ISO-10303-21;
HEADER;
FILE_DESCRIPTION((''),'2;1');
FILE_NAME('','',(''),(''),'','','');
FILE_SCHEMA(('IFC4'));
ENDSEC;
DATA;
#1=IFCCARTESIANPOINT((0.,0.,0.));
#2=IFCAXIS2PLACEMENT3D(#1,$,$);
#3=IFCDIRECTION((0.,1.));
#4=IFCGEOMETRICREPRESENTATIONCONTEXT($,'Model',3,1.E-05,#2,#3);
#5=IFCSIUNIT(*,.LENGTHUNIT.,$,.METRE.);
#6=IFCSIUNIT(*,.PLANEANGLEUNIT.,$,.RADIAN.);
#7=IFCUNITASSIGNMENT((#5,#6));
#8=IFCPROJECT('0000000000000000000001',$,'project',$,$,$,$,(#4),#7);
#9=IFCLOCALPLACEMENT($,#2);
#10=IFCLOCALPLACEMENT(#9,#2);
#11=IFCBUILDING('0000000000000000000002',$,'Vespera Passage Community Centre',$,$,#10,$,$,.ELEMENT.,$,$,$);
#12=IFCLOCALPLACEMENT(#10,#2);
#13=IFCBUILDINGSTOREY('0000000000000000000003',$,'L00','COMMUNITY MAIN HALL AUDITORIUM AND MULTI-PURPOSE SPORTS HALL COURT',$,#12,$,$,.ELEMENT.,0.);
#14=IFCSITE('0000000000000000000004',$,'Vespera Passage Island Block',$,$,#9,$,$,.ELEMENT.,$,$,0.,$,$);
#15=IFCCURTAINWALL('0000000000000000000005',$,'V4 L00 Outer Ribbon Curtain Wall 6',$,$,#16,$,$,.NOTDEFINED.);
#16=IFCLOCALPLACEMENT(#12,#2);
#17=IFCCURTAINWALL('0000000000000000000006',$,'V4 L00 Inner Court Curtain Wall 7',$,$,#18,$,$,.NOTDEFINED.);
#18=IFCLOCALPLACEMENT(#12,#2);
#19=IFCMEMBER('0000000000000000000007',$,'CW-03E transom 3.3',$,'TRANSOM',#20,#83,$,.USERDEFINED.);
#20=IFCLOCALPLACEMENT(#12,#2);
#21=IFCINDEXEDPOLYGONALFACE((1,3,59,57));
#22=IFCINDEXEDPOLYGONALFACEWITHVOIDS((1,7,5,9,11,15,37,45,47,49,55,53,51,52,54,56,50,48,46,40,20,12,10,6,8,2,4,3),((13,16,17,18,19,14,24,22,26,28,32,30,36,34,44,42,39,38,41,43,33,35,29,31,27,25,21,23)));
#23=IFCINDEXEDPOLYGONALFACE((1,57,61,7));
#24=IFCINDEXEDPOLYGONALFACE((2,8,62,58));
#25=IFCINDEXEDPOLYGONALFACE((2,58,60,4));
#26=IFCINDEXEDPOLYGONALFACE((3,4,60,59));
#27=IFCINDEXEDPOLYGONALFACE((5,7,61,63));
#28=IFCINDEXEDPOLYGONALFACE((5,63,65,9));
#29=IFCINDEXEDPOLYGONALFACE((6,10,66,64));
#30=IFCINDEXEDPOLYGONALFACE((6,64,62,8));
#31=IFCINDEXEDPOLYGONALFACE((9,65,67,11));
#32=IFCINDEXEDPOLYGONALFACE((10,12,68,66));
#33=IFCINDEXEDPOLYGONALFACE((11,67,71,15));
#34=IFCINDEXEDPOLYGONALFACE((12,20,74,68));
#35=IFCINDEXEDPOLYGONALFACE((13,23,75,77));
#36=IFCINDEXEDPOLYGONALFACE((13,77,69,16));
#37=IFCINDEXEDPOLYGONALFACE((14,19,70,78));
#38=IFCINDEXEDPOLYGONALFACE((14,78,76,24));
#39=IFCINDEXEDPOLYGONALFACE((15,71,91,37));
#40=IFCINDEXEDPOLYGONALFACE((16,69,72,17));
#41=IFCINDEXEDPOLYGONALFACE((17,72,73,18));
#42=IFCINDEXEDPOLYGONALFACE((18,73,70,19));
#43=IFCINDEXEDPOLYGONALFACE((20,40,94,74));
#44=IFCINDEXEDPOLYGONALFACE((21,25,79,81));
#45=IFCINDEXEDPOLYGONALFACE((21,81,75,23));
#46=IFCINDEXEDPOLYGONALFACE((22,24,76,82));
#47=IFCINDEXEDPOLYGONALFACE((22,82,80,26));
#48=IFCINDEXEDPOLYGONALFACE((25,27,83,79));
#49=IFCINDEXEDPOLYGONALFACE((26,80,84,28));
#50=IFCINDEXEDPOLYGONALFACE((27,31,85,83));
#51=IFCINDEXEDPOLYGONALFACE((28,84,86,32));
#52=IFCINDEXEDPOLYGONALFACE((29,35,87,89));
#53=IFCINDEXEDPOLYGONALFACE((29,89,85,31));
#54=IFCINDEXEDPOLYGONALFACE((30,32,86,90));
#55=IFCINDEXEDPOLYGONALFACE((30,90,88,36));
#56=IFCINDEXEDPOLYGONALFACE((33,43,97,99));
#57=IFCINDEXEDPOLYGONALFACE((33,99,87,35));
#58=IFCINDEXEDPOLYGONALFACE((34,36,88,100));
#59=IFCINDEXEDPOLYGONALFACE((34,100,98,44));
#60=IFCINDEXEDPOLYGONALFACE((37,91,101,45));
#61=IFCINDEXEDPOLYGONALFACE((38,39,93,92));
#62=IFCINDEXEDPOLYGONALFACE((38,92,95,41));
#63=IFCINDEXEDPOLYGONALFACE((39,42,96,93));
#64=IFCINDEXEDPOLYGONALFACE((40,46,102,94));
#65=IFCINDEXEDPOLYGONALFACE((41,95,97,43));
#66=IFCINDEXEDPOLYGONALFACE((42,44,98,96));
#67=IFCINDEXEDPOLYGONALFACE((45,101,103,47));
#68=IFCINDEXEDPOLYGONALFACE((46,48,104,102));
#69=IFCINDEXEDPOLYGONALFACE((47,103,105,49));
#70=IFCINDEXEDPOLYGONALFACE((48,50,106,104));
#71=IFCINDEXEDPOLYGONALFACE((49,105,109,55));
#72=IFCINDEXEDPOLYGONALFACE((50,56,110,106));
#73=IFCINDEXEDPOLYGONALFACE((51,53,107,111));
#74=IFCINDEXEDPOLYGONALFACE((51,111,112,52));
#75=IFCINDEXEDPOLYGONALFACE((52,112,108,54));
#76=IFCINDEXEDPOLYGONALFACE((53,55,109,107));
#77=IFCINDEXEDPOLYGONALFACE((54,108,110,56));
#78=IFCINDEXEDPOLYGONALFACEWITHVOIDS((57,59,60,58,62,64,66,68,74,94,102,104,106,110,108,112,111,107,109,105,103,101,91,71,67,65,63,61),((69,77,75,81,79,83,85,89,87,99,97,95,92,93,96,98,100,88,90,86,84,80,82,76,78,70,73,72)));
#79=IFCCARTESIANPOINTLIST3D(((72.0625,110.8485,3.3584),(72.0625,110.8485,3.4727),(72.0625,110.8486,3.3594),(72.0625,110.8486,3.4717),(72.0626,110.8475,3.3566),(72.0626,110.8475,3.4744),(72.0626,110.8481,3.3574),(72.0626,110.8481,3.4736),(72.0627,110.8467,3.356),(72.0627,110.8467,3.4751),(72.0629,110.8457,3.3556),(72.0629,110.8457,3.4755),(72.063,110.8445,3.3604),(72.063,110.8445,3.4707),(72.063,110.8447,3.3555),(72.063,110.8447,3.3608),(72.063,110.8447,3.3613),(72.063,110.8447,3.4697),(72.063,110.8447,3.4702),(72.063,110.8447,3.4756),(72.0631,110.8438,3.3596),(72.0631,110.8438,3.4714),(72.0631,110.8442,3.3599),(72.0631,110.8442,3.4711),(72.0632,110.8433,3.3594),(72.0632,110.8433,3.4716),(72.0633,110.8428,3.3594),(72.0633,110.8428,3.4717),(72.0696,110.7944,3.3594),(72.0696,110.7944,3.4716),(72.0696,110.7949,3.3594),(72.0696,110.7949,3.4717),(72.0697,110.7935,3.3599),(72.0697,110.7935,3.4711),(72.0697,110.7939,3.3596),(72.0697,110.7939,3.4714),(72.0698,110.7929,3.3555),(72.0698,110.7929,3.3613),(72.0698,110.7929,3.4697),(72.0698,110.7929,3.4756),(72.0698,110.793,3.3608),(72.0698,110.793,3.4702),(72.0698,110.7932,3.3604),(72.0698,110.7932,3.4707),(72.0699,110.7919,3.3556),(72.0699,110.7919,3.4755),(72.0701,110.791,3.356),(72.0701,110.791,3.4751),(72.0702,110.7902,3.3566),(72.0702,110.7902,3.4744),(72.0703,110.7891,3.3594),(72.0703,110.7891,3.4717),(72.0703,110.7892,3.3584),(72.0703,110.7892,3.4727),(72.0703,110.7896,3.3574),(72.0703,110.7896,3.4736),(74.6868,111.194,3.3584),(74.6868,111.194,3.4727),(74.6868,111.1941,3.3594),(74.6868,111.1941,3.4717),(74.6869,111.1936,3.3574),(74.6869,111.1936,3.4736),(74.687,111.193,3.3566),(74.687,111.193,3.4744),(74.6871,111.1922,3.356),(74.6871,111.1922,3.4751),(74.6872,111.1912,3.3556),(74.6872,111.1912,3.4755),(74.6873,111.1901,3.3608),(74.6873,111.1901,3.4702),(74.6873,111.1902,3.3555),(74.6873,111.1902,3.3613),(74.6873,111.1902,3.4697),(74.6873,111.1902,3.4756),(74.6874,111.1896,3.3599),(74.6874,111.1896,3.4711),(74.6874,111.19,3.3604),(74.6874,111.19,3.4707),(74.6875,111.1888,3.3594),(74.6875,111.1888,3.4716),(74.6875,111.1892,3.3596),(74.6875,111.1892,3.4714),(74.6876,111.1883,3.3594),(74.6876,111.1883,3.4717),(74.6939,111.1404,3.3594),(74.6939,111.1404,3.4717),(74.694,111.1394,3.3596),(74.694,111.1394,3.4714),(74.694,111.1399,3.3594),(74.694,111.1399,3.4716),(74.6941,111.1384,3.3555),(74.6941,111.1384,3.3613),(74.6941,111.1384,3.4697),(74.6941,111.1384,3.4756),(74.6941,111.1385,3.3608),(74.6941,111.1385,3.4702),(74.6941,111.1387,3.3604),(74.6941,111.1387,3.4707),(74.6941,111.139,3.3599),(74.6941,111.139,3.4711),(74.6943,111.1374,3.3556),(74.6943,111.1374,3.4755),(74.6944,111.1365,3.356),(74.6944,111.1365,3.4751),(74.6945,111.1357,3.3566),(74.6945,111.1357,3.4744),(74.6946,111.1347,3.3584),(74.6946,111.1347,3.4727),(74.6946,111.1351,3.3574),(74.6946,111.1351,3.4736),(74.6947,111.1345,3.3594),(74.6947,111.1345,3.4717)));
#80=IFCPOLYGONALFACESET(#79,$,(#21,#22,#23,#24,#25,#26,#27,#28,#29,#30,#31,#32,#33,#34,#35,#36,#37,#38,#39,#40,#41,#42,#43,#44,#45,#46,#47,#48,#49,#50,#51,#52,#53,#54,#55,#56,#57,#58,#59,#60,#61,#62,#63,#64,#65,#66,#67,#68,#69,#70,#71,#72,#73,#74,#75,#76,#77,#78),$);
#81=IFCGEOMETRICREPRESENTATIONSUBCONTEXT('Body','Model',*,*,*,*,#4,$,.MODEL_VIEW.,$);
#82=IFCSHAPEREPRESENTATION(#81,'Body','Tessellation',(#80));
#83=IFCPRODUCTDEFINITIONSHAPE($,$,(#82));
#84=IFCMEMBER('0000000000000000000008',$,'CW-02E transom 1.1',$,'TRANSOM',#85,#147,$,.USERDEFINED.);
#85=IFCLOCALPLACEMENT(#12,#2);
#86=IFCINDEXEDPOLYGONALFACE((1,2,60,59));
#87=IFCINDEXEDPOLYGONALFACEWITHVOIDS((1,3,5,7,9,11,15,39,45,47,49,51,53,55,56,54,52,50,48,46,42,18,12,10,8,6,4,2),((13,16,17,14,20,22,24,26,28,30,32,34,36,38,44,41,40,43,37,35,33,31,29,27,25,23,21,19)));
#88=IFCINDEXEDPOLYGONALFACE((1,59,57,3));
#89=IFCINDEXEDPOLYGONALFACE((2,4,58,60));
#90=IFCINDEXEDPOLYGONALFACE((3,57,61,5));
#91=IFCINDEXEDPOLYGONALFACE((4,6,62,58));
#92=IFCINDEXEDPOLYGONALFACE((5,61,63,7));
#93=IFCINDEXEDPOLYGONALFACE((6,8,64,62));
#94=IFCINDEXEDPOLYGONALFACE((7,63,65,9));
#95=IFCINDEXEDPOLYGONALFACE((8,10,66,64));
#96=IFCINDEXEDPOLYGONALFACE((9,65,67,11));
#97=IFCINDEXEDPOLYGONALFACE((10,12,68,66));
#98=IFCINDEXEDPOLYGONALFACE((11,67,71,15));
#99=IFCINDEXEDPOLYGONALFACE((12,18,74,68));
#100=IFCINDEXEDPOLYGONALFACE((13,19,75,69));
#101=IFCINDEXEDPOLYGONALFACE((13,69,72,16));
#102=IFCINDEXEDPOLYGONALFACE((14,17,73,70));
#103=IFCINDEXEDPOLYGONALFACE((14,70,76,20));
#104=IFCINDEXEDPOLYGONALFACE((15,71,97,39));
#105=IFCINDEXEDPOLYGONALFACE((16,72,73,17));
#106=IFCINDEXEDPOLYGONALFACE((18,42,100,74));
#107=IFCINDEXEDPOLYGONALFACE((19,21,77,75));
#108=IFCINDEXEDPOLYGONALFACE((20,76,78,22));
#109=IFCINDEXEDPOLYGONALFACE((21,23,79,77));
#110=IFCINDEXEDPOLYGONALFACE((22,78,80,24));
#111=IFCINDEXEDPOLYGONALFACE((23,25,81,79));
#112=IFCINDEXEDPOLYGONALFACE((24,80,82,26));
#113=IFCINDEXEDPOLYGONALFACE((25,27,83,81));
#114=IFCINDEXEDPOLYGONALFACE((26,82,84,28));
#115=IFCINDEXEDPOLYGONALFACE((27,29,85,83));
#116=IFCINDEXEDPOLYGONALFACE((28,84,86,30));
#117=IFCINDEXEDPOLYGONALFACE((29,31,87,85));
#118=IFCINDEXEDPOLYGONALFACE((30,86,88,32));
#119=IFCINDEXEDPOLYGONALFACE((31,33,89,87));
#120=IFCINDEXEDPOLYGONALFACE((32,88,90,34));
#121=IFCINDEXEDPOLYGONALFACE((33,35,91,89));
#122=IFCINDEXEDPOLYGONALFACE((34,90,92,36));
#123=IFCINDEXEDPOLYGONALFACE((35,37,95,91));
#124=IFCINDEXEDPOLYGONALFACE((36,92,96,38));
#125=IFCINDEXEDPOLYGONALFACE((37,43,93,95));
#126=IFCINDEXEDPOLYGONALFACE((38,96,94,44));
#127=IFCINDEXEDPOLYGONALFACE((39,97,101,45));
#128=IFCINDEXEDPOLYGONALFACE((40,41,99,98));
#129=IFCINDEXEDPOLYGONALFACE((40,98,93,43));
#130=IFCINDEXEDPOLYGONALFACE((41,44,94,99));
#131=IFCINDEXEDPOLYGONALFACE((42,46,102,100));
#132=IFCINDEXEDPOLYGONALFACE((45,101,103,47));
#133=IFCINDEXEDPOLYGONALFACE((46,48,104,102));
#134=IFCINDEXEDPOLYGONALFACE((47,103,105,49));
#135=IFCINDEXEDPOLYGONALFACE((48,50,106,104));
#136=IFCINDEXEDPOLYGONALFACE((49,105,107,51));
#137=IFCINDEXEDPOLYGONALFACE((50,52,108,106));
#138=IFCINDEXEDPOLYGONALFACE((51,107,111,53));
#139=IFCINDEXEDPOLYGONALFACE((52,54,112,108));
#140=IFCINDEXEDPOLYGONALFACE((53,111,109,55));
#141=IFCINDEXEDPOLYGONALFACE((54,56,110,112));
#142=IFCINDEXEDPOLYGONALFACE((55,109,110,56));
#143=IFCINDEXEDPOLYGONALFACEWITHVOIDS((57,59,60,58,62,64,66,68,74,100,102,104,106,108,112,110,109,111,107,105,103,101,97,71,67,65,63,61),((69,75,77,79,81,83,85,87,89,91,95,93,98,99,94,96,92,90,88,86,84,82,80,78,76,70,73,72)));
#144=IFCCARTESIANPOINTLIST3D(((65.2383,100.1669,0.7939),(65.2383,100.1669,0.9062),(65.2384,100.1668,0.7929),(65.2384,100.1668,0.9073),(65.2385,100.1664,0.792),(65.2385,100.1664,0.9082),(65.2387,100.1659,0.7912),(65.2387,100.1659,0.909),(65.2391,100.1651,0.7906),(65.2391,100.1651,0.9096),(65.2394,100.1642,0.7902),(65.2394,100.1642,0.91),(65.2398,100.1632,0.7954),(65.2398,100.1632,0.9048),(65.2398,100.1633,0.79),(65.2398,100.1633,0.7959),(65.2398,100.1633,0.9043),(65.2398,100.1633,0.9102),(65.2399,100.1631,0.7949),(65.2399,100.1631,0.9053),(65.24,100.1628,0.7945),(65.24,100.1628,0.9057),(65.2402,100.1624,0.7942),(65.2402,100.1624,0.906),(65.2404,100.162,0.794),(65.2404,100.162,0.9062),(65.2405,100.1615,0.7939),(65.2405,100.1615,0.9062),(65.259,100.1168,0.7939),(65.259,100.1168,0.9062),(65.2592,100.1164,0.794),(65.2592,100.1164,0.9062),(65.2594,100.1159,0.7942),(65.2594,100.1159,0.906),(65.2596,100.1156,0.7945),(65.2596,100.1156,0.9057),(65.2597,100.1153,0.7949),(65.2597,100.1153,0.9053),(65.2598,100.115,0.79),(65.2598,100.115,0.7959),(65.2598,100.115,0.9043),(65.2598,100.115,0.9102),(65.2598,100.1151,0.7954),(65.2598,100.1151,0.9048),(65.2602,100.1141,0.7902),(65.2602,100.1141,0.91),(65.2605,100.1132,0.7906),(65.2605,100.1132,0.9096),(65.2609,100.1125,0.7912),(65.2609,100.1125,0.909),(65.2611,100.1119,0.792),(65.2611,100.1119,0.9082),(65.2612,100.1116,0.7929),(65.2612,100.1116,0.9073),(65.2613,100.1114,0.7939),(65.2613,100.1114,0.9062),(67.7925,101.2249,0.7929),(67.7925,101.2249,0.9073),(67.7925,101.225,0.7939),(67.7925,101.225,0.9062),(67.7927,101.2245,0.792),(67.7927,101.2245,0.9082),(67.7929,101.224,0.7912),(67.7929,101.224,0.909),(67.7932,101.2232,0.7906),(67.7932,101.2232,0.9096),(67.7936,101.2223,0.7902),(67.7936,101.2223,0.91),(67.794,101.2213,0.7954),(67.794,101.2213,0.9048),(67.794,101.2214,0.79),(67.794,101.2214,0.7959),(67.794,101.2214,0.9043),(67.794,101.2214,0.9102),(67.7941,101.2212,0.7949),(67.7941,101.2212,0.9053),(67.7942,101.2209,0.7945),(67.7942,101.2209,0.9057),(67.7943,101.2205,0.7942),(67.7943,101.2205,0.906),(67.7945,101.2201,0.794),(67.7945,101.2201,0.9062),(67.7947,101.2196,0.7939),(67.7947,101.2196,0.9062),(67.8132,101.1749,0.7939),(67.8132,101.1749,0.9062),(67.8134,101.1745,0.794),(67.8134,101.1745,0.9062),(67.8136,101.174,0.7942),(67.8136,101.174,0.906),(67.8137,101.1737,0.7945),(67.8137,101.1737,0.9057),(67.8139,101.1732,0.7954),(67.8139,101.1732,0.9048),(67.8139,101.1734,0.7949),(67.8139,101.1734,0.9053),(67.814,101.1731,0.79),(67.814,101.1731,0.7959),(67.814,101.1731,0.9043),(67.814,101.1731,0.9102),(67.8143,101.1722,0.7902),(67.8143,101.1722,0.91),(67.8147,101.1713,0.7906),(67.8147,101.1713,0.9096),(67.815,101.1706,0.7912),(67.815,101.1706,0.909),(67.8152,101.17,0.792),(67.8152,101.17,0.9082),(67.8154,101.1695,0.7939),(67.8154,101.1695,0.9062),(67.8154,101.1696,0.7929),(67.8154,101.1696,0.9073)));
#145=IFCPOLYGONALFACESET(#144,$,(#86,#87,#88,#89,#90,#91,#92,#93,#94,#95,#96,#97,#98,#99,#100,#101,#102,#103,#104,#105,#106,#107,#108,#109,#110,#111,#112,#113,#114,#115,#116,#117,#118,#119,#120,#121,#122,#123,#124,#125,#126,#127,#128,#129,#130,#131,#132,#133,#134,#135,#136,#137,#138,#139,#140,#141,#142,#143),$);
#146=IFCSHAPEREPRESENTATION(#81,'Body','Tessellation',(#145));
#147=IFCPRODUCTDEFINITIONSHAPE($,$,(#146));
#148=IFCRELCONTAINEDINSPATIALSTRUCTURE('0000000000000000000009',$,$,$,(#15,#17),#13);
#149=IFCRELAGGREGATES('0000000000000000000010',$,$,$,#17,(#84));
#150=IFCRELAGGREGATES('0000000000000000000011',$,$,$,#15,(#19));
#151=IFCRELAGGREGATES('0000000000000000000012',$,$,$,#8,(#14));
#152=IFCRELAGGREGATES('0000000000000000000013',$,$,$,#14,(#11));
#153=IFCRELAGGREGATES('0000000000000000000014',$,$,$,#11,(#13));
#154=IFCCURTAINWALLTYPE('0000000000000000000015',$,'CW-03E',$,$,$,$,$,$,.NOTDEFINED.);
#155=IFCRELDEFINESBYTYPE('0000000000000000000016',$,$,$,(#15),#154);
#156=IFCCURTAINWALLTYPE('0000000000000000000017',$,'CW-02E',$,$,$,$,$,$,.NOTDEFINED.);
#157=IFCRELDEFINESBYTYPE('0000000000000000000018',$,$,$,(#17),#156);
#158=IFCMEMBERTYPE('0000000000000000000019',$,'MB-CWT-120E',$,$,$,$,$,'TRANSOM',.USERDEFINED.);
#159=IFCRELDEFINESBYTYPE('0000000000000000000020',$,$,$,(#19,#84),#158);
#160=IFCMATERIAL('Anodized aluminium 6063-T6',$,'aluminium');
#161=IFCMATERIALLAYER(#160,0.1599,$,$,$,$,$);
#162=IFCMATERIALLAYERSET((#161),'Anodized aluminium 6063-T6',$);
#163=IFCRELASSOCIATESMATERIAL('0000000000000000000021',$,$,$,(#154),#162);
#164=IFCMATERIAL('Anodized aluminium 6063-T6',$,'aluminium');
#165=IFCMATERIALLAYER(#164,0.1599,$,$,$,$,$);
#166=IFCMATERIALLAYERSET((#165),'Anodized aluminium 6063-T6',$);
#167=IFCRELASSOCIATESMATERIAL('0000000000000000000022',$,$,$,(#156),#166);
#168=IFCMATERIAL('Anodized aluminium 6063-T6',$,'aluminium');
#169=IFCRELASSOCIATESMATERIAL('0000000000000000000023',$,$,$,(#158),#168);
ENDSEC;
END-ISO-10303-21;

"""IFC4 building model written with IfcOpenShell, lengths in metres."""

from ifc_helpers import new_model, si_unit, direction, frame, origin, origin_2d, place, context, subcontext, project, spatial, hollow_rectangle, extrude, material, layer, layer_set, material_profile, profile_set, type_object, element, aggregate, save


model = new_model("IFC4")

# Units and contexts
model_context = context("Model", 3, precision=1e-05, world=origin(), true_north=direction((0.0, 1.0)))
body_context = subcontext(model_context, "Body", "Model", "MODEL_VIEW")
ifc_project = project(units=[si_unit("LENGTHUNIT", "METRE"), si_unit("PLANEANGLEUNIT", "RADIAN")], contexts=[model_context])

# Site, building, storey
site_placement = place(None, origin())
site = spatial("IfcSite", under=ifc_project, at=site_placement, Name="Vespera Passage Island Block", CompositionType="ELEMENT", RefElevation=0.0)
building_placement = place(site_placement, origin())
building = spatial("IfcBuilding", under=site, at=building_placement, Name="Vespera Passage Community Centre", CompositionType="ELEMENT")
storey_placement = place(building_placement, origin())
storey = spatial("IfcBuildingStorey", under=building, at=storey_placement, Name="L00", Description="COMMUNITY MAIN HALL AUDITORIUM AND MULTI-PURPOSE SPORTS HALL COURT", CompositionType="ELEMENT", Elevation=0.0)

# Curtain wall
ifc_material_1 = material(Name="Anodized aluminium 6063-T6", Category="aluminium")
ifc_layer_1 = layer(ifc_material_1, 0.1599)
ifc_layer_set_1 = layer_set([ifc_layer_1], Name="Anodized aluminium 6063-T6")
curtain_wall_type_1 = type_object("IfcCurtainWallType", Name="CW-03E", PredefinedType="NOTDEFINED", material=ifc_layer_set_1)
curtain_wall_1_placement = place(storey_placement, origin())
curtain_wall_1 = element("IfcCurtainWall", 1, at=curtain_wall_1_placement, inside=storey, type_object=curtain_wall_type_1, Name="V4 L00 Outer Ribbon Curtain Wall 6", PredefinedType="NOTDEFINED")

# Curtain wall
ifc_material_2 = material(Name="Anodized aluminium 6063-T6", Category="aluminium")
ifc_layer_2 = layer(ifc_material_2, 0.1599)
ifc_layer_set_2 = layer_set([ifc_layer_2], Name="Anodized aluminium 6063-T6")
curtain_wall_type_2 = type_object("IfcCurtainWallType", Name="CW-02E", PredefinedType="NOTDEFINED", material=ifc_layer_set_2)
curtain_wall_2_placement = place(storey_placement, origin())
curtain_wall_2 = element("IfcCurtainWall", 2, at=curtain_wall_2_placement, inside=storey, type_object=curtain_wall_type_2, Name="V4 L00 Inner Court Curtain Wall 7", PredefinedType="NOTDEFINED")

# Members
ifc_material_3 = material(Name="Anodized aluminium 6063-T6", Category="aluminium")
ifc_material_profile_1 = material_profile(ifc_material_3, hollow_rectangle(XDim=0.0601, YDim=0.1201, WallThickness=0.0039, InnerFilletRadius=0.002, OuterFilletRadius=0.0039, at=origin_2d()), Name="ALU120X60X4")
ifc_profile_set_1 = profile_set([ifc_material_profile_1], Name="Anodized aluminium 6063-T6")
member_type_1 = type_object("IfcMemberType", Name="MB-CWT-120E", ElementType="TRANSOM", PredefinedType="USERDEFINED", material=ifc_profile_set_1)
member_1_placement = place(storey_placement, frame((72.0664, 110.8188, 3.4155), z_axis=(0.991446, 0.130514, 0.0), x_axis=(-0.130514, 0.991446, 0.0)))
member_1 = element("IfcMember", 3, at=member_1_placement, type_object=member_type_1, Name="CW-03E transom 3.3", ObjectType="TRANSOM", PredefinedType="USERDEFINED", context=body_context, shape_type="SweptSolid", body=[
    extrude(hollow_rectangle(XDim=0.0601, YDim=0.1201, WallThickness=0.0039, InnerFilletRadius=0.002, OuterFilletRadius=0.0039, at=origin_2d()), origin(), (0.0, 0.0, 1.0), 2.647),
])
member_2_placement = place(storey_placement, frame((67.804, 101.1973, 0.8501), z_axis=(-0.923864, -0.382721, 0.0), x_axis=(0.382721, -0.923864, 0.0)))
member_2 = element("IfcMember", 4, at=member_2_placement, type_object=member_type_1, Name="CW-02E transom 1.1", ObjectType="TRANSOM", PredefinedType="USERDEFINED", context=body_context, shape_type="SweptSolid", body=[
    extrude(hollow_rectangle(XDim=0.0601, YDim=0.1201, WallThickness=0.0039, InnerFilletRadius=0.002, OuterFilletRadius=0.0039, at=origin_2d()), origin(), (0.0, 0.0, 1.0), 2.7646),
])
aggregate(curtain_wall_2, [member_2])

aggregate(curtain_wall_1, [member_1])

save(model, "model.ifc")
